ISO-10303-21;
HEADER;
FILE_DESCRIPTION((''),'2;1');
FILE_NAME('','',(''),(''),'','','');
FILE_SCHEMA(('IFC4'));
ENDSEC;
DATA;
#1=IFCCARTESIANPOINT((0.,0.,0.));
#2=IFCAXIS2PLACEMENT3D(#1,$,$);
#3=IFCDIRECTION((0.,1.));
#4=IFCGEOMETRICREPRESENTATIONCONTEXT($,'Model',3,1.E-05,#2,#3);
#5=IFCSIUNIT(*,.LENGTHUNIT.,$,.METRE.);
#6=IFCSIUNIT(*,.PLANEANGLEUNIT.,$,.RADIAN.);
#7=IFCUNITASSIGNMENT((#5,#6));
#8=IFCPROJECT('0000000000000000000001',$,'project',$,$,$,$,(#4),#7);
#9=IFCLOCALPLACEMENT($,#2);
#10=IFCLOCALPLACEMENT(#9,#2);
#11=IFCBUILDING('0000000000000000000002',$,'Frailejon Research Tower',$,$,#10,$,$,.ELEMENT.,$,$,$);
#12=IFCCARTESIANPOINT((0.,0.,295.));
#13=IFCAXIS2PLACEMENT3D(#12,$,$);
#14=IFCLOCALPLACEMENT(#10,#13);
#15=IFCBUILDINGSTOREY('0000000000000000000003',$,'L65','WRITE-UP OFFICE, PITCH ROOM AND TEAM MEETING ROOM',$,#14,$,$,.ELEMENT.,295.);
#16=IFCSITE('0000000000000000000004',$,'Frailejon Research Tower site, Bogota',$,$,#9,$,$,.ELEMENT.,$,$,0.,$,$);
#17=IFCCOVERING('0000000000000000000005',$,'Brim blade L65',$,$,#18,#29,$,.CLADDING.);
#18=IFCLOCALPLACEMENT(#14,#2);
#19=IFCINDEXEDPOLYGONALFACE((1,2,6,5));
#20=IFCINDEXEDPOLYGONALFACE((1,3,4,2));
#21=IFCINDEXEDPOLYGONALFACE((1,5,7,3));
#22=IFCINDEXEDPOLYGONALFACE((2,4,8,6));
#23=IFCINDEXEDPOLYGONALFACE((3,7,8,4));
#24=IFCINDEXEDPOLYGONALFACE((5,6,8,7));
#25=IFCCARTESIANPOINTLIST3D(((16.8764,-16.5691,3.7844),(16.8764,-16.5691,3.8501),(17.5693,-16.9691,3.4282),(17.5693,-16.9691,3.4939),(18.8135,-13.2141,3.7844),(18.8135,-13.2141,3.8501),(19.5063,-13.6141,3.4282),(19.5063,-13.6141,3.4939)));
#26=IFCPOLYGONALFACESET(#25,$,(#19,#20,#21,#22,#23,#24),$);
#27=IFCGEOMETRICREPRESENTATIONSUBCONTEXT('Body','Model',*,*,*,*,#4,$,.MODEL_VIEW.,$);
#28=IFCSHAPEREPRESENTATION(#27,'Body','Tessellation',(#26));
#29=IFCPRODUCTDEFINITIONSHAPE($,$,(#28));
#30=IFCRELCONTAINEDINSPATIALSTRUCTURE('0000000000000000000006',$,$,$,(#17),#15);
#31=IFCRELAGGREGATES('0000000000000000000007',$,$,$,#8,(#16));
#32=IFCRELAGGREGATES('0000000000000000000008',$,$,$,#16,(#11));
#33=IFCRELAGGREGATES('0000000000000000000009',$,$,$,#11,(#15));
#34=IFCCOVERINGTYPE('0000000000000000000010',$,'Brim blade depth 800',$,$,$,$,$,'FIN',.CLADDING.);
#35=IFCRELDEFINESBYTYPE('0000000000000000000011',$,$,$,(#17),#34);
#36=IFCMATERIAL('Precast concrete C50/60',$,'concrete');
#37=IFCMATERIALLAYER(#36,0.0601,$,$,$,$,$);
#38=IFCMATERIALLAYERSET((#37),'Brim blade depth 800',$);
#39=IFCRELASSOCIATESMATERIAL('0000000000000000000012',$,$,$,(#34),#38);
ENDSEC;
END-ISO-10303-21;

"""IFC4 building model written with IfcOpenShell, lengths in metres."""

from ifc_helpers import new_model, si_unit, direction, frame, origin, place, context, subcontext, project, spatial, polyline, outline, extrude, material, layer, layer_set, type_object, element, save


model = new_model("IFC4")

# Units and contexts
model_context = context("Model", 3, precision=1e-05, world=origin(), true_north=direction((0.0, 1.0)))
body_context = subcontext(model_context, "Body", "Model", "MODEL_VIEW")
ifc_project = project(units=[si_unit("LENGTHUNIT", "METRE"), si_unit("PLANEANGLEUNIT", "RADIAN")], contexts=[model_context])

# Site, building, storey
site_placement = place(None, origin())
site = spatial("IfcSite", under=ifc_project, at=site_placement, Name="Frailejon Research Tower site, Bogota", CompositionType="ELEMENT", RefElevation=0.0)
building_placement = place(site_placement, origin())
building = spatial("IfcBuilding", under=site, at=building_placement, Name="Frailejon Research Tower", CompositionType="ELEMENT")
storey_placement = place(building_placement, frame((0.0, 0.0, 295.0)))
storey = spatial("IfcBuildingStorey", under=building, at=storey_placement, Name="L65", Description="WRITE-UP OFFICE, PITCH ROOM AND TEAM MEETING ROOM", CompositionType="ELEMENT", Elevation=295.0)

# Covering
ifc_material_1 = material(Name="Precast concrete C50/60", Category="concrete")
ifc_layer_1 = layer(ifc_material_1, 0.0601)
ifc_layer_set_1 = layer_set([ifc_layer_1], Name="Brim blade depth 800")
covering_type_1 = type_object("IfcCoveringType", Name="Brim blade depth 800", ElementType="FIN", PredefinedType="CLADDING", material=ifc_layer_set_1)
covering_1_placement = place(storey_placement, frame((18.8135, -13.2141, 3.8501), z_axis=(-0.500006, -0.866022, 0.0), x_axis=(0.866022, -0.500006, 0.0)))
element("IfcCovering", 1, at=covering_1_placement, inside=storey, type_object=covering_type_1, Name="Brim blade L65", PredefinedType="CLADDING", context=body_context, shape_type="SweptSolid", body=[
    extrude(outline(polyline([(0.0, -0.0657), (0.8, -0.4219), (0.8, -0.3562), (0.0, 0.0), (0.0, -0.0657)])), origin(), (0.0, 0.0, 1.0), 3.874),
])

save(model, "model.ifc")
